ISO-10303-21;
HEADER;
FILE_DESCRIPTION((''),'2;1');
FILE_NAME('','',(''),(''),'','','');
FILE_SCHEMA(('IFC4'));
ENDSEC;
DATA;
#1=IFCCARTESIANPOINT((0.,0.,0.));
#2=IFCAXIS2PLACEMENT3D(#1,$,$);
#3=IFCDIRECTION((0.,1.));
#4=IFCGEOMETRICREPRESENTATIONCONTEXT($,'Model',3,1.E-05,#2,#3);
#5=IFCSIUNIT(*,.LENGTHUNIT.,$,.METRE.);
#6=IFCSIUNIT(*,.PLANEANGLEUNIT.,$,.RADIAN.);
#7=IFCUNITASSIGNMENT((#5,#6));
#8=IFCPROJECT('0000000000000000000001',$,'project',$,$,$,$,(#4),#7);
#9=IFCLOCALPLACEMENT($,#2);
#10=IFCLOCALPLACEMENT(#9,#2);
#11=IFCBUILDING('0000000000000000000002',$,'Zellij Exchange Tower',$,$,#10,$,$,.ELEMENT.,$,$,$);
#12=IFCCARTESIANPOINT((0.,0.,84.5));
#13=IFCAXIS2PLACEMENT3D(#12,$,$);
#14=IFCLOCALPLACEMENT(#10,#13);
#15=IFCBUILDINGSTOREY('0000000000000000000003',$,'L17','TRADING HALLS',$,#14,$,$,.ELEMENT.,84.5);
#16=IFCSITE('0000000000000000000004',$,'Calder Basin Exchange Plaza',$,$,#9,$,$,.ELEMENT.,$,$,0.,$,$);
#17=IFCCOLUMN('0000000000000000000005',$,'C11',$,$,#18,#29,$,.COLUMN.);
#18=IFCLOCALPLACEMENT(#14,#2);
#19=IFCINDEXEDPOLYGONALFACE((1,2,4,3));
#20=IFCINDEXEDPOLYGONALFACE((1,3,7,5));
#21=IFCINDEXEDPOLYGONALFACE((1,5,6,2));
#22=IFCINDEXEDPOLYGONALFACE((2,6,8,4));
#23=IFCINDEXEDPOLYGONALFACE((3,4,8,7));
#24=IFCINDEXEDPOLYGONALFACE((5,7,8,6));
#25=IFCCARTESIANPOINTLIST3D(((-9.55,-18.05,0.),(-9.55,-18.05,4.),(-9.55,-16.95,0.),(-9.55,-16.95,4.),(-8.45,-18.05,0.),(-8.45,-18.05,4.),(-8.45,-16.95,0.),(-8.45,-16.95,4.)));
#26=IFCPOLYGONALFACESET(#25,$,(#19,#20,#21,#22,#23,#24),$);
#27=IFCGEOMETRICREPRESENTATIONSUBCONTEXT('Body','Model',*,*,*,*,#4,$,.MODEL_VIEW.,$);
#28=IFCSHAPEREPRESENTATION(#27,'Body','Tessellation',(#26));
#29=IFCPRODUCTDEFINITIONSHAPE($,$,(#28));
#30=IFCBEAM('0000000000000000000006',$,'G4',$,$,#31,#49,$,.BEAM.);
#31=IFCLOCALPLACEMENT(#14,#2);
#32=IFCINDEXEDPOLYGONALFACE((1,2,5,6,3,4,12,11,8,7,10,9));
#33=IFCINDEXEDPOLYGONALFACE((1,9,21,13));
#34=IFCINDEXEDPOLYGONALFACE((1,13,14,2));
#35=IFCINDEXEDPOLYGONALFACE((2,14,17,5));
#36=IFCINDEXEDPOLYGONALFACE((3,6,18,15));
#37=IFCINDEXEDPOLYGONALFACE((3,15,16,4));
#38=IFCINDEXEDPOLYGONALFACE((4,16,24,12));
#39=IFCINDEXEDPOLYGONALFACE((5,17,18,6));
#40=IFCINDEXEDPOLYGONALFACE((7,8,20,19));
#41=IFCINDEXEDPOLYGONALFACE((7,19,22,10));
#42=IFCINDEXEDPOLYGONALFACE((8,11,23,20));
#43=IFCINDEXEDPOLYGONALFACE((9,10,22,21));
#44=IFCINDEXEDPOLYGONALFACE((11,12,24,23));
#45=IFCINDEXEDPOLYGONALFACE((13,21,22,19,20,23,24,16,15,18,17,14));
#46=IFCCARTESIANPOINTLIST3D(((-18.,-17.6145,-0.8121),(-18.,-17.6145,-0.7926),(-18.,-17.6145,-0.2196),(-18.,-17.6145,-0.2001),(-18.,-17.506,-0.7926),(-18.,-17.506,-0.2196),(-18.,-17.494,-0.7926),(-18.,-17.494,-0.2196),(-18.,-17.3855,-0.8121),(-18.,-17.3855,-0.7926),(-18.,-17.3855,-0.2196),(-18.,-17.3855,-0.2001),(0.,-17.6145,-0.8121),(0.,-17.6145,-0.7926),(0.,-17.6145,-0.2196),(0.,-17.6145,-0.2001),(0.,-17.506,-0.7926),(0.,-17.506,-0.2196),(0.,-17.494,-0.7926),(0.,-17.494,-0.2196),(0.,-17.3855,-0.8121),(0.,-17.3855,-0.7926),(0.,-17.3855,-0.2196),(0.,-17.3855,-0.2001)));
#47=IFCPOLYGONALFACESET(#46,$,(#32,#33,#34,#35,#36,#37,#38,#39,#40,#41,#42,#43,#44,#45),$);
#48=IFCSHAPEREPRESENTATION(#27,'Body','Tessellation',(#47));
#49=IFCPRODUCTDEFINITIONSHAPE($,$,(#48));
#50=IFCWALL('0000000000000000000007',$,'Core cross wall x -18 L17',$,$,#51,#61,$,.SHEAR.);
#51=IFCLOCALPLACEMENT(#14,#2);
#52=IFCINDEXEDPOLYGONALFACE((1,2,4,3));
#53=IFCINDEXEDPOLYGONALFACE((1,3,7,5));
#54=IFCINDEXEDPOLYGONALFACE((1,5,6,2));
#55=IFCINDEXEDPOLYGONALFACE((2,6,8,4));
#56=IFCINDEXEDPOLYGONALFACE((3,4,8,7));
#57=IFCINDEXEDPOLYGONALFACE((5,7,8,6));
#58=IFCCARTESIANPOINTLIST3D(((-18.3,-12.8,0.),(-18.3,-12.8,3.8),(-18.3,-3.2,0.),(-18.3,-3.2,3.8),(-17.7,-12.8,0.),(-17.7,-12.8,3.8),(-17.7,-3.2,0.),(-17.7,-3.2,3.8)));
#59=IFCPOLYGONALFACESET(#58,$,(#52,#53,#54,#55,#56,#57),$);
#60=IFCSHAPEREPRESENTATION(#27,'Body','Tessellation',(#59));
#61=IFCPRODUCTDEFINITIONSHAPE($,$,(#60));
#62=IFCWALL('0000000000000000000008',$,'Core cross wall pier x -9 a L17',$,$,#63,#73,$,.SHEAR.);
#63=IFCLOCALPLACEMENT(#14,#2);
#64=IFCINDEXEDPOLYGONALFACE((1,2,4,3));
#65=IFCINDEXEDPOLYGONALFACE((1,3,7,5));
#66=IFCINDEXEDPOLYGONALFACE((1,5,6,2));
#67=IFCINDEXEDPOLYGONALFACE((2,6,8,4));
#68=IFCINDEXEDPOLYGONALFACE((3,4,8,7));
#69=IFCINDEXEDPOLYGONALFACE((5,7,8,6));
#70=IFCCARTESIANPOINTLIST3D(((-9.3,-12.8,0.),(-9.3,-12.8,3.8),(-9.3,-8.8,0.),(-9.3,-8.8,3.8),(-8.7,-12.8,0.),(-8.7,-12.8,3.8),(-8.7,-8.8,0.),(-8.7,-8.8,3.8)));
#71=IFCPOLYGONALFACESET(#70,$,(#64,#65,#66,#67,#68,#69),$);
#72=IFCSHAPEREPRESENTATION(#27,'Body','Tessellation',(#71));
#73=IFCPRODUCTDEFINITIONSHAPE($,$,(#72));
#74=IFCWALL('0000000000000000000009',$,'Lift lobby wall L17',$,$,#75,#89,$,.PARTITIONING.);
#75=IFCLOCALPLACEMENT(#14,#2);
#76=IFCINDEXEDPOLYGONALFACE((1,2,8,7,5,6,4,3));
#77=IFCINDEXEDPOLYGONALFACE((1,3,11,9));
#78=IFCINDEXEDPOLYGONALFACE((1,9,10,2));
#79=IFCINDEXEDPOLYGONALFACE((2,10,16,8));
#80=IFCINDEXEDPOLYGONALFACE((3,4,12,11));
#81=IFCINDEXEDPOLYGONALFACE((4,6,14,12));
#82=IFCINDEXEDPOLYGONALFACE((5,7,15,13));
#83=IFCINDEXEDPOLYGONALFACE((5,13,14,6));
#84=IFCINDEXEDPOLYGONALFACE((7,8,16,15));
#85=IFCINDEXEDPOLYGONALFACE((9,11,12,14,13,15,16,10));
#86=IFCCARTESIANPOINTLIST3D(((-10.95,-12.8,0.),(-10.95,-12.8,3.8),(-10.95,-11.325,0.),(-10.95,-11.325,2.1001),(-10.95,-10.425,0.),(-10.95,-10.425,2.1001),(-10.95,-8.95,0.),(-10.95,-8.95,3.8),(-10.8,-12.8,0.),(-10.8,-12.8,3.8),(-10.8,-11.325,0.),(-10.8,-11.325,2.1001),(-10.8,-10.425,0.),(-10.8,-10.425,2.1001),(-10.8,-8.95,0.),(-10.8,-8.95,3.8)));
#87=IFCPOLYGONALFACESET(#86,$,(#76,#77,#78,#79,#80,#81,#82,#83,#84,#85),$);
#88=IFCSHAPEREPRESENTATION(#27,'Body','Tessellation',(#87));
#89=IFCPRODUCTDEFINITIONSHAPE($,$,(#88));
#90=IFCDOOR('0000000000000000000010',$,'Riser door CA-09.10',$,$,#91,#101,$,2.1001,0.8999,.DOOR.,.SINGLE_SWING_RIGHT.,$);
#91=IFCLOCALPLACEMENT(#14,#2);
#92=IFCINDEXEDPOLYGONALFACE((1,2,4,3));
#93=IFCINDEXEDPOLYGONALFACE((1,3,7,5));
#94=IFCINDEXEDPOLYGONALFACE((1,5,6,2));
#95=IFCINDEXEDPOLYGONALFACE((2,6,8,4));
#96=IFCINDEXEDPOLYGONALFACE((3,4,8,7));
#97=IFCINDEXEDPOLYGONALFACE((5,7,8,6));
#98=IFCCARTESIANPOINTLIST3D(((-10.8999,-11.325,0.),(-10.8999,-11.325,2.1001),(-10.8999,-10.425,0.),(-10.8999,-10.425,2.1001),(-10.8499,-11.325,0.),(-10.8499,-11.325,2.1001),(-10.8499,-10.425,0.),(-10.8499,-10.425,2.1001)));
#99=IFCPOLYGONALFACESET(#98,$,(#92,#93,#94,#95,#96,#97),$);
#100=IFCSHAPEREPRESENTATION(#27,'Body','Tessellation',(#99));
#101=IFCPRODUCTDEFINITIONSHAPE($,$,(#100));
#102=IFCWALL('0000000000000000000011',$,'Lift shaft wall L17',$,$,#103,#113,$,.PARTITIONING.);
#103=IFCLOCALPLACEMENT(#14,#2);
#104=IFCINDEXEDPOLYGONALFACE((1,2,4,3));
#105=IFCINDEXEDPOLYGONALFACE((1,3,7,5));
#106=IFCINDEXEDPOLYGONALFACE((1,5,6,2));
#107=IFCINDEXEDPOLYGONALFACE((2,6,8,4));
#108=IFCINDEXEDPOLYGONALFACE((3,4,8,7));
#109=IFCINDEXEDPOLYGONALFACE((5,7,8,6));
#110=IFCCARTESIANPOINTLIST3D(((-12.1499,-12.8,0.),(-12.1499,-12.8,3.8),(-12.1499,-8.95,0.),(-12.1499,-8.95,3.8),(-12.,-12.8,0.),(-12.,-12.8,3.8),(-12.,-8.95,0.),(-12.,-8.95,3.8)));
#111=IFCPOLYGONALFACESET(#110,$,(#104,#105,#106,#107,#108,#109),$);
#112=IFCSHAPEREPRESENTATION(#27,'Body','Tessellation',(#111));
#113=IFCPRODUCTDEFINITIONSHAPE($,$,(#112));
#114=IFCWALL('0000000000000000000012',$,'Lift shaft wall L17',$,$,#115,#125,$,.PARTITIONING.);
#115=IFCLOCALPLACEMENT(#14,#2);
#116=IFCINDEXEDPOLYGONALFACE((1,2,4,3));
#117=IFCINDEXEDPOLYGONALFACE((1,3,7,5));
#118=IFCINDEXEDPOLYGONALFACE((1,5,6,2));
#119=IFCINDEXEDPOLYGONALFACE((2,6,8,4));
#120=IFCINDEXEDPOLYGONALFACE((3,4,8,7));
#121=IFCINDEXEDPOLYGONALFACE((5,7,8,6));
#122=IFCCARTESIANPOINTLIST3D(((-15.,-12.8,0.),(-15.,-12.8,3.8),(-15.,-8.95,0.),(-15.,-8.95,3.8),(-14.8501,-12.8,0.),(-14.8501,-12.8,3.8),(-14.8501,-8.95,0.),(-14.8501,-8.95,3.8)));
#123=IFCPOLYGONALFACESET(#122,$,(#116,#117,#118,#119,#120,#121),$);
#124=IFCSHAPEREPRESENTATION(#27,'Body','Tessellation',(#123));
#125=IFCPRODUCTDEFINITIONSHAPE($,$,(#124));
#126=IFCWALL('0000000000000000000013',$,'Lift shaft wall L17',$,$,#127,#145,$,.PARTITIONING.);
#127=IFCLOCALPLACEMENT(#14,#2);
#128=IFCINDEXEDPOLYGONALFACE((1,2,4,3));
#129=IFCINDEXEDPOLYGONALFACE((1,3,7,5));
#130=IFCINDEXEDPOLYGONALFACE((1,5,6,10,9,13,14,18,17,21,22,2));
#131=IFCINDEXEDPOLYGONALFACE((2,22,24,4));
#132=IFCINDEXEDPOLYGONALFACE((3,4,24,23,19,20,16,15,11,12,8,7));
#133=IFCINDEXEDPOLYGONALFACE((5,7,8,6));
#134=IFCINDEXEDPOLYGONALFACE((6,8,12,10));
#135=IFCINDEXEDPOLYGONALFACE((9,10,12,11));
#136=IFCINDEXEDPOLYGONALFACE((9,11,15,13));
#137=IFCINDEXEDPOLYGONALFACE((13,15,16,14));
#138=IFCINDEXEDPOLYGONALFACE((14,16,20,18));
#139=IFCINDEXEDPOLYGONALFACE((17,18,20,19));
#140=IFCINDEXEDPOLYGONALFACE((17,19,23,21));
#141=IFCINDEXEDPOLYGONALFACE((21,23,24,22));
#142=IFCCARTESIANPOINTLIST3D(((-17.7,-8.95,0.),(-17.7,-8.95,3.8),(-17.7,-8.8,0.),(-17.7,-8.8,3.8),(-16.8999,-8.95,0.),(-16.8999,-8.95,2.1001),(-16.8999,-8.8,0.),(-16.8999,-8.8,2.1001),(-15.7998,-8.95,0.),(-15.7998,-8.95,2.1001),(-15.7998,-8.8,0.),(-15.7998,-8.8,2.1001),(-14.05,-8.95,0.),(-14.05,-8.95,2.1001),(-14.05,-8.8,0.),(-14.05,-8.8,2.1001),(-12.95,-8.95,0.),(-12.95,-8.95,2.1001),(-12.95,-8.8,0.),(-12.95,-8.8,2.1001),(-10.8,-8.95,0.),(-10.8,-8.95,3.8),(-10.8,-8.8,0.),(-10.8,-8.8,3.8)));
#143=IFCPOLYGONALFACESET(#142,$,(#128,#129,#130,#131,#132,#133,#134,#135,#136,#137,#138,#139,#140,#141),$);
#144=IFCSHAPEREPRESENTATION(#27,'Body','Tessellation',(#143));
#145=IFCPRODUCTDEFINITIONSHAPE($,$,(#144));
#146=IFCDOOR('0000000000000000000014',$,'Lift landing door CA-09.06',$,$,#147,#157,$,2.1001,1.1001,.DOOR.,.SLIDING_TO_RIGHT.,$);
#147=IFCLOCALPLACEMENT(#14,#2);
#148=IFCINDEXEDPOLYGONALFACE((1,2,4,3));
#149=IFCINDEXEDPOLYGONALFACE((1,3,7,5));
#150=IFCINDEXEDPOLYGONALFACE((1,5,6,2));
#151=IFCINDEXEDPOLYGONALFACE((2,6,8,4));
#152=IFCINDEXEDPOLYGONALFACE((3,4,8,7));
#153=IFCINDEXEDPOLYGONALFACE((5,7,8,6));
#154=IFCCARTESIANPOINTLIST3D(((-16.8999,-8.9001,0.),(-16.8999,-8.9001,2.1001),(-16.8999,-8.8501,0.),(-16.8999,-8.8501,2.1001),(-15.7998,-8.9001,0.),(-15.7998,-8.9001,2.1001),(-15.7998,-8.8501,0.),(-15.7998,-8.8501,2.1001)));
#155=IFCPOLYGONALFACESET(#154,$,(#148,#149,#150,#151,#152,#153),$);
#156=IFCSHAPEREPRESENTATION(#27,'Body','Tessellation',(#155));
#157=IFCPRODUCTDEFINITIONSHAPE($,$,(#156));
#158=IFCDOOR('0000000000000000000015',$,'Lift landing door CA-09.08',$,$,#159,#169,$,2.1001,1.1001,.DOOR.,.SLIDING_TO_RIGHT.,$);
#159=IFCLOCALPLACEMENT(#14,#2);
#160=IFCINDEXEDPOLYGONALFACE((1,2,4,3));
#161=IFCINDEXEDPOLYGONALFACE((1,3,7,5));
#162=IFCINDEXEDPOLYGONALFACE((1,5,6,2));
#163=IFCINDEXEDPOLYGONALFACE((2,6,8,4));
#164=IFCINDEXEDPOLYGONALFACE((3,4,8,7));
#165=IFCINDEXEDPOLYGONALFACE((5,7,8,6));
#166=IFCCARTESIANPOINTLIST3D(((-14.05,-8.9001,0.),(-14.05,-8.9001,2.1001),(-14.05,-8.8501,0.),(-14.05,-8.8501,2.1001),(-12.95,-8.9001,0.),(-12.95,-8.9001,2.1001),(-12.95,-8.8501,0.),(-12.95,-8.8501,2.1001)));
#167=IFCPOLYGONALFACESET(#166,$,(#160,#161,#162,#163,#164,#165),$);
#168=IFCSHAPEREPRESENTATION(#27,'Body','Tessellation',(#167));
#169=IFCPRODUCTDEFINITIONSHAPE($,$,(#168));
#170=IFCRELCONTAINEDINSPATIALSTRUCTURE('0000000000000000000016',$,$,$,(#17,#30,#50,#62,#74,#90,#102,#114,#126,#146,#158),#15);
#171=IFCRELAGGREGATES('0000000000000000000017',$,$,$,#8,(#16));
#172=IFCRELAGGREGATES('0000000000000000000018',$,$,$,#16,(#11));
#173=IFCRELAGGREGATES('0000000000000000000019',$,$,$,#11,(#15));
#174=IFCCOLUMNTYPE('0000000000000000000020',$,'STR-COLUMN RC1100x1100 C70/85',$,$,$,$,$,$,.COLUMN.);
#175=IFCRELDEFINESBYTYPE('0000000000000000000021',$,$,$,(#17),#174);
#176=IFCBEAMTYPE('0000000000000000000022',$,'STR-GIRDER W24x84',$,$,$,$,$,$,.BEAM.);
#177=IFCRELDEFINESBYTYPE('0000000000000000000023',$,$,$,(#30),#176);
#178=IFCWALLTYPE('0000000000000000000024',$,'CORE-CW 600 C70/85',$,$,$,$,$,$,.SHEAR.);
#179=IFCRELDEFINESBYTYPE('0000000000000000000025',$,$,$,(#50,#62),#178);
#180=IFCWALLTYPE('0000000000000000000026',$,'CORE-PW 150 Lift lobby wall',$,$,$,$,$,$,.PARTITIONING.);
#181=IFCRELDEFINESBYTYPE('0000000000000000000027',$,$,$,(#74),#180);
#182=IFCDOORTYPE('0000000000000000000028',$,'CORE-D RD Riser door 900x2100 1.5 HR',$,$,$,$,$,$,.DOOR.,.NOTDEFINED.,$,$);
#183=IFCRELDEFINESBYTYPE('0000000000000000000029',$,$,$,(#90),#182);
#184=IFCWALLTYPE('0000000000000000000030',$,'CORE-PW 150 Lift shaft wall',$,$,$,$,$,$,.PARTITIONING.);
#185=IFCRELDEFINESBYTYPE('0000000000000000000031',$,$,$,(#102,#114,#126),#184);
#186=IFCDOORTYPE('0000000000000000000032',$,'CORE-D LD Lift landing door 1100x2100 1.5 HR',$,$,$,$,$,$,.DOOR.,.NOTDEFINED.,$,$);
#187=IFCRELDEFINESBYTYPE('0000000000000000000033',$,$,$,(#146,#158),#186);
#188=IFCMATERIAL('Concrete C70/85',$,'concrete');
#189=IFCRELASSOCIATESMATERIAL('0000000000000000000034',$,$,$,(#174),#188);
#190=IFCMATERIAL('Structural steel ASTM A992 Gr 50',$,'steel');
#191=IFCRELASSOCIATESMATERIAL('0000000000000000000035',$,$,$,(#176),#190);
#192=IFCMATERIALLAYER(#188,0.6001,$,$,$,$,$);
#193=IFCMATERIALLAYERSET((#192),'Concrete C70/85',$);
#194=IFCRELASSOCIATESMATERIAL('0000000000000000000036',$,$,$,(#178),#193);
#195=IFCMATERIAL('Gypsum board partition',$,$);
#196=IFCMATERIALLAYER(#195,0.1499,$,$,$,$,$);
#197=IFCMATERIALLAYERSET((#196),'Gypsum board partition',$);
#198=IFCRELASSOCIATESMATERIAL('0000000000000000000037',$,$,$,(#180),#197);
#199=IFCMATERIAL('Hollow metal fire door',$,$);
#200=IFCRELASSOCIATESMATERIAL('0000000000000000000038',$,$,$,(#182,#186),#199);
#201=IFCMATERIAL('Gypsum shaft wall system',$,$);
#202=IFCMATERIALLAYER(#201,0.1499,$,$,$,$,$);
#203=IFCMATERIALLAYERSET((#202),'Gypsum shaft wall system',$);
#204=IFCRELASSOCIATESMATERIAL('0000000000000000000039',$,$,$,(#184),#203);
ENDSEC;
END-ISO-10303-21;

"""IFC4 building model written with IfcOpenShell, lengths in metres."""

from ifc_helpers import new_model, si_unit, direction, frame, frame_2d, origin, origin_2d, place, context, subcontext, project, spatial, rectangle, i_section, extrude, material, layer, layer_set, material_profile, profile_set, type_object, element, fill, save


model = new_model("IFC4")

# Units and contexts
model_context = context("Model", 3, precision=1e-05, world=origin(), true_north=direction((0.0, 1.0)))
body_context = subcontext(model_context, "Body", "Model", "MODEL_VIEW")
ifc_project = project(units=[si_unit("LENGTHUNIT", "METRE"), si_unit("PLANEANGLEUNIT", "RADIAN")], contexts=[model_context])

# Site, building, storey
site_placement = place(None, origin())
site = spatial("IfcSite", under=ifc_project, at=site_placement, Name="Calder Basin Exchange Plaza", CompositionType="ELEMENT", RefElevation=0.0)
building_placement = place(site_placement, origin())
building = spatial("IfcBuilding", under=site, at=building_placement, Name="Zellij Exchange Tower", CompositionType="ELEMENT")
storey_placement = place(building_placement, frame((0.0, 0.0, 84.5)))
storey = spatial("IfcBuildingStorey", under=building, at=storey_placement, Name="L17", Description="TRADING HALLS", CompositionType="ELEMENT", Elevation=84.5)

# Column
ifc_material_1 = material(Name="Concrete C70/85", Category="concrete")
ifc_material_profile_1 = material_profile(ifc_material_1, rectangle(XDim=1.1001, YDim=1.1001, at=origin_2d()), Name="STR-COLUMN RC1100x1100 C70/85")
ifc_profile_set_1 = profile_set([ifc_material_profile_1], Name="Concrete C70/85")
column_type = type_object("IfcColumnType", Name="STR-COLUMN RC1100x1100 C70/85", PredefinedType="COLUMN", material=ifc_profile_set_1)
column_placement = place(storey_placement, frame((-9.0, -17.5, 0.0), z_axis=(0.0, 0.0, 1.0), x_axis=(1.0, 0.0, 0.0)))
element("IfcColumn", 1, at=column_placement, inside=storey, type_object=column_type, Name="C11", PredefinedType="COLUMN", context=body_context, shape_type="SweptSolid", body=[
    extrude(rectangle(XDim=1.1001, YDim=1.1001, at=origin_2d()), origin(), (0.0, 0.0, 1.0), 4.0),
])

# Beam
ifc_material_2 = material(Name="Structural steel ASTM A992 Gr 50", Category="steel")
ifc_material_profile_2 = material_profile(ifc_material_2, i_section(OverallWidth=0.229, OverallDepth=0.6121, WebThickness=0.012, FlangeThickness=0.0195, at=origin_2d()), Name="W24x84")
ifc_profile_set_2 = profile_set([ifc_material_profile_2], Name="Structural steel ASTM A992 Gr 50")
beam_type = type_object("IfcBeamType", Name="STR-GIRDER W24x84", PredefinedType="BEAM", material=ifc_profile_set_2)
beam_placement = place(storey_placement, frame((-18.0, -17.5, -0.5061), z_axis=(1.0, 0.0, 0.0), x_axis=(0.0, 1.0, 0.0)))
element("IfcBeam", 2, at=beam_placement, inside=storey, type_object=beam_type, Name="G4", PredefinedType="BEAM", context=body_context, shape_type="SweptSolid", body=[
    extrude(i_section(OverallWidth=0.229, OverallDepth=0.6121, WebThickness=0.012, FlangeThickness=0.0195, at=origin_2d()), origin(), (0.0, 0.0, 1.0), 18.0),
])

# Walls
ifc_layer_1 = layer(ifc_material_1, 0.6001)
ifc_layer_set_1 = layer_set([ifc_layer_1], Name="Concrete C70/85")
wall_type_1 = type_object("IfcWallType", Name="CORE-CW 600 C70/85", PredefinedType="SHEAR", material=ifc_layer_set_1)
wall_1_placement = place(storey_placement, frame((-18.0, -12.8, 0.0), z_axis=(0.0, 0.0, 1.0), x_axis=(0.0, 1.0, 0.0)))
element("IfcWall", 3, at=wall_1_placement, inside=storey, type_object=wall_type_1, Name="Core cross wall x -18 L17", PredefinedType="SHEAR", context=body_context, shape_type="SweptSolid", body=[
    extrude(rectangle(XDim=9.6001, YDim=0.6001, at=frame_2d((4.8, 0.0))), origin(), (0.0, 0.0, 1.0), 3.8),
])
wall_2_placement = place(storey_placement, frame((-9.0, -12.8, 0.0), z_axis=(0.0, 0.0, 1.0), x_axis=(0.0, 1.0, 0.0)))
element("IfcWall", 4, at=wall_2_placement, inside=storey, type_object=wall_type_1, Name="Core cross wall pier x -9 a L17", PredefinedType="SHEAR", context=body_context, shape_type="SweptSolid", body=[
    extrude(rectangle(XDim=4.0, YDim=0.6001, at=frame_2d((2.0, 0.0))), origin(), (0.0, 0.0, 1.0), 3.8),
])

# Wall, opening, door
ifc_material_3 = material(Name="Gypsum board partition")
ifc_layer_2 = layer(ifc_material_3, 0.1499)
ifc_layer_set_2 = layer_set([ifc_layer_2], Name="Gypsum board partition")
wall_type_2 = type_object("IfcWallType", Name="CORE-PW 150 Lift lobby wall", PredefinedType="PARTITIONING", material=ifc_layer_set_2)
wall_3_placement = place(storey_placement, frame((-10.875, -12.8, 0.0), z_axis=(0.0, 0.0, 1.0), x_axis=(0.0, 1.0, 0.0)))
wall_3 = element("IfcWall", 5, at=wall_3_placement, inside=storey, type_object=wall_type_2, Name="Lift lobby wall L17", PredefinedType="PARTITIONING", context=body_context, shape_type="SweptSolid", body=[
    extrude(rectangle(XDim=3.8501, YDim=0.1499, at=frame_2d((1.925, 0.0))), origin(), (0.0, 0.0, 1.0), 3.8),
])
opening_1_placement = place(wall_3_placement, frame((1.4751, 0.0, 0.0)))
opening_1 = element("IfcOpeningElement", 6, at=opening_1_placement, cuts=wall_3, PredefinedType="OPENING", context=body_context, shape_type="SweptSolid", body=[
    extrude(rectangle(XDim=0.8999, YDim=2.1001, at=frame_2d((0.45, 1.05))), frame((0.0, 0.0869, 0.0), z_axis=(0.0, -1.0, 0.0), x_axis=(1.0, 0.0, 0.0)), (0.0, 0.0, 1.0), 0.1738),
])
ifc_material_4 = material(Name="Hollow metal fire door")
door_type_1 = type_object("IfcDoorType", Name="CORE-D RD Riser door 900x2100 1.5 HR", OperationType="NOTDEFINED", PredefinedType="DOOR", material=ifc_material_4)
door_1_placement = place(opening_1_placement, origin())
door_1 = element("IfcDoor", 7, at=door_1_placement, inside=storey, type_object=door_type_1, Name="Riser door CA-09.10", OperationType="SINGLE_SWING_RIGHT", OverallHeight=2.1001, OverallWidth=0.8999, PredefinedType="DOOR", context=body_context, shape_type="SweptSolid", body=[
    extrude(rectangle(XDim=0.8999, YDim=2.1001, at=frame_2d((0.45, 1.05))), frame((0.0, 0.0249, 0.0), z_axis=(0.0, -1.0, 0.0), x_axis=(1.0, 0.0, 0.0)), (0.0, 0.0, 1.0), 0.05),
])
fill(opening_1, door_1)

# Walls
ifc_material_5 = material(Name="Gypsum shaft wall system")
ifc_layer_3 = layer(ifc_material_5, 0.1499)
ifc_layer_set_3 = layer_set([ifc_layer_3], Name="Gypsum shaft wall system")
wall_type_3 = type_object("IfcWallType", Name="CORE-PW 150 Lift shaft wall", PredefinedType="PARTITIONING", material=ifc_layer_set_3)
for number, where, z_axis, x_axis, name in (
    (8, (-12.075, -12.8, 0.0), (0.0, 0.0, 1.0), (0.0, 1.0, 0.0), "Lift shaft wall L17"),
    (9, (-14.925, -12.8, 0.0), (0.0, 0.0, 1.0), (0.0, 1.0, 0.0), "Lift shaft wall L17"),
):
    element("IfcWall", number, at=place(storey_placement, frame(where, z_axis=z_axis, x_axis=x_axis)), inside=storey, type_object=wall_type_3, Name=name, PredefinedType="PARTITIONING", context=body_context, shape_type="SweptSolid", body=[
        extrude(rectangle(XDim=3.8501, YDim=0.1499, at=frame_2d((1.925, 0.0))), origin(), (0.0, 0.0, 1.0), 3.8),
    ])

# Wall, openings, doors
wall_4_placement = place(storey_placement, frame((-17.7, -8.875, 0.0), z_axis=(0.0, 0.0, 1.0), x_axis=(1.0, 0.0, 0.0)))
wall_4 = element("IfcWall", 10, at=wall_4_placement, inside=storey, type_object=wall_type_3, Name="Lift shaft wall L17", PredefinedType="PARTITIONING", context=body_context, shape_type="SweptSolid", body=[
    extrude(rectangle(XDim=6.8999, YDim=0.1499, at=frame_2d((3.45, 0.0))), origin(), (0.0, 0.0, 1.0), 3.8),
])
opening_2_placement = place(wall_4_placement, frame((0.8, 0.0, 0.0)))
opening_2 = element("IfcOpeningElement", 11, at=opening_2_placement, cuts=wall_4, PredefinedType="OPENING", context=body_context, shape_type="SweptSolid", body=[
    extrude(rectangle(XDim=1.1001, YDim=2.1001, at=frame_2d((0.55, 1.05))), frame((0.0, 0.0869, 0.0), z_axis=(0.0, -1.0, 0.0), x_axis=(1.0, 0.0, 0.0)), (0.0, 0.0, 1.0), 0.1738),
])
opening_3_placement = place(wall_4_placement, frame((3.6499, 0.0, 0.0)))
opening_3 = element("IfcOpeningElement", 12, at=opening_3_placement, cuts=wall_4, PredefinedType="OPENING", context=body_context, shape_type="SweptSolid", body=[
    extrude(rectangle(XDim=1.1001, YDim=2.1001, at=frame_2d((0.55, 1.05))), frame((0.0, 0.0869, 0.0), z_axis=(0.0, -1.0, 0.0), x_axis=(1.0, 0.0, 0.0)), (0.0, 0.0, 1.0), 0.1738),
])
door_type_2 = type_object("IfcDoorType", Name="CORE-D LD Lift landing door 1100x2100 1.5 HR", OperationType="NOTDEFINED", PredefinedType="DOOR", material=ifc_material_4)
door_2_placement = place(opening_2_placement, origin())
door_2 = element("IfcDoor", 13, at=door_2_placement, inside=storey, type_object=door_type_2, Name="Lift landing door CA-09.06", OperationType="SLIDING_TO_RIGHT", OverallHeight=2.1001, OverallWidth=1.1001, PredefinedType="DOOR", context=body_context, shape_type="SweptSolid", body=[
    extrude(rectangle(XDim=1.1001, YDim=2.1001, at=frame_2d((0.55, 1.05))), frame((0.0, 0.0249, 0.0), z_axis=(0.0, -1.0, 0.0), x_axis=(1.0, 0.0, 0.0)), (0.0, 0.0, 1.0), 0.05),
])
fill(opening_2, door_2)
door_3_placement = place(opening_3_placement, origin())
door_3 = element("IfcDoor", 14, at=door_3_placement, inside=storey, type_object=door_type_2, Name="Lift landing door CA-09.08", OperationType="SLIDING_TO_RIGHT", OverallHeight=2.1001, OverallWidth=1.1001, PredefinedType="DOOR", context=body_context, shape_type="SweptSolid", body=[
    extrude(rectangle(XDim=1.1001, YDim=2.1001, at=frame_2d((0.55, 1.05))), frame((0.0, 0.0249, 0.0), z_axis=(0.0, -1.0, 0.0), x_axis=(1.0, 0.0, 0.0)), (0.0, 0.0, 1.0), 0.05),
])
fill(opening_3, door_3)

save(model, "model.ifc")
